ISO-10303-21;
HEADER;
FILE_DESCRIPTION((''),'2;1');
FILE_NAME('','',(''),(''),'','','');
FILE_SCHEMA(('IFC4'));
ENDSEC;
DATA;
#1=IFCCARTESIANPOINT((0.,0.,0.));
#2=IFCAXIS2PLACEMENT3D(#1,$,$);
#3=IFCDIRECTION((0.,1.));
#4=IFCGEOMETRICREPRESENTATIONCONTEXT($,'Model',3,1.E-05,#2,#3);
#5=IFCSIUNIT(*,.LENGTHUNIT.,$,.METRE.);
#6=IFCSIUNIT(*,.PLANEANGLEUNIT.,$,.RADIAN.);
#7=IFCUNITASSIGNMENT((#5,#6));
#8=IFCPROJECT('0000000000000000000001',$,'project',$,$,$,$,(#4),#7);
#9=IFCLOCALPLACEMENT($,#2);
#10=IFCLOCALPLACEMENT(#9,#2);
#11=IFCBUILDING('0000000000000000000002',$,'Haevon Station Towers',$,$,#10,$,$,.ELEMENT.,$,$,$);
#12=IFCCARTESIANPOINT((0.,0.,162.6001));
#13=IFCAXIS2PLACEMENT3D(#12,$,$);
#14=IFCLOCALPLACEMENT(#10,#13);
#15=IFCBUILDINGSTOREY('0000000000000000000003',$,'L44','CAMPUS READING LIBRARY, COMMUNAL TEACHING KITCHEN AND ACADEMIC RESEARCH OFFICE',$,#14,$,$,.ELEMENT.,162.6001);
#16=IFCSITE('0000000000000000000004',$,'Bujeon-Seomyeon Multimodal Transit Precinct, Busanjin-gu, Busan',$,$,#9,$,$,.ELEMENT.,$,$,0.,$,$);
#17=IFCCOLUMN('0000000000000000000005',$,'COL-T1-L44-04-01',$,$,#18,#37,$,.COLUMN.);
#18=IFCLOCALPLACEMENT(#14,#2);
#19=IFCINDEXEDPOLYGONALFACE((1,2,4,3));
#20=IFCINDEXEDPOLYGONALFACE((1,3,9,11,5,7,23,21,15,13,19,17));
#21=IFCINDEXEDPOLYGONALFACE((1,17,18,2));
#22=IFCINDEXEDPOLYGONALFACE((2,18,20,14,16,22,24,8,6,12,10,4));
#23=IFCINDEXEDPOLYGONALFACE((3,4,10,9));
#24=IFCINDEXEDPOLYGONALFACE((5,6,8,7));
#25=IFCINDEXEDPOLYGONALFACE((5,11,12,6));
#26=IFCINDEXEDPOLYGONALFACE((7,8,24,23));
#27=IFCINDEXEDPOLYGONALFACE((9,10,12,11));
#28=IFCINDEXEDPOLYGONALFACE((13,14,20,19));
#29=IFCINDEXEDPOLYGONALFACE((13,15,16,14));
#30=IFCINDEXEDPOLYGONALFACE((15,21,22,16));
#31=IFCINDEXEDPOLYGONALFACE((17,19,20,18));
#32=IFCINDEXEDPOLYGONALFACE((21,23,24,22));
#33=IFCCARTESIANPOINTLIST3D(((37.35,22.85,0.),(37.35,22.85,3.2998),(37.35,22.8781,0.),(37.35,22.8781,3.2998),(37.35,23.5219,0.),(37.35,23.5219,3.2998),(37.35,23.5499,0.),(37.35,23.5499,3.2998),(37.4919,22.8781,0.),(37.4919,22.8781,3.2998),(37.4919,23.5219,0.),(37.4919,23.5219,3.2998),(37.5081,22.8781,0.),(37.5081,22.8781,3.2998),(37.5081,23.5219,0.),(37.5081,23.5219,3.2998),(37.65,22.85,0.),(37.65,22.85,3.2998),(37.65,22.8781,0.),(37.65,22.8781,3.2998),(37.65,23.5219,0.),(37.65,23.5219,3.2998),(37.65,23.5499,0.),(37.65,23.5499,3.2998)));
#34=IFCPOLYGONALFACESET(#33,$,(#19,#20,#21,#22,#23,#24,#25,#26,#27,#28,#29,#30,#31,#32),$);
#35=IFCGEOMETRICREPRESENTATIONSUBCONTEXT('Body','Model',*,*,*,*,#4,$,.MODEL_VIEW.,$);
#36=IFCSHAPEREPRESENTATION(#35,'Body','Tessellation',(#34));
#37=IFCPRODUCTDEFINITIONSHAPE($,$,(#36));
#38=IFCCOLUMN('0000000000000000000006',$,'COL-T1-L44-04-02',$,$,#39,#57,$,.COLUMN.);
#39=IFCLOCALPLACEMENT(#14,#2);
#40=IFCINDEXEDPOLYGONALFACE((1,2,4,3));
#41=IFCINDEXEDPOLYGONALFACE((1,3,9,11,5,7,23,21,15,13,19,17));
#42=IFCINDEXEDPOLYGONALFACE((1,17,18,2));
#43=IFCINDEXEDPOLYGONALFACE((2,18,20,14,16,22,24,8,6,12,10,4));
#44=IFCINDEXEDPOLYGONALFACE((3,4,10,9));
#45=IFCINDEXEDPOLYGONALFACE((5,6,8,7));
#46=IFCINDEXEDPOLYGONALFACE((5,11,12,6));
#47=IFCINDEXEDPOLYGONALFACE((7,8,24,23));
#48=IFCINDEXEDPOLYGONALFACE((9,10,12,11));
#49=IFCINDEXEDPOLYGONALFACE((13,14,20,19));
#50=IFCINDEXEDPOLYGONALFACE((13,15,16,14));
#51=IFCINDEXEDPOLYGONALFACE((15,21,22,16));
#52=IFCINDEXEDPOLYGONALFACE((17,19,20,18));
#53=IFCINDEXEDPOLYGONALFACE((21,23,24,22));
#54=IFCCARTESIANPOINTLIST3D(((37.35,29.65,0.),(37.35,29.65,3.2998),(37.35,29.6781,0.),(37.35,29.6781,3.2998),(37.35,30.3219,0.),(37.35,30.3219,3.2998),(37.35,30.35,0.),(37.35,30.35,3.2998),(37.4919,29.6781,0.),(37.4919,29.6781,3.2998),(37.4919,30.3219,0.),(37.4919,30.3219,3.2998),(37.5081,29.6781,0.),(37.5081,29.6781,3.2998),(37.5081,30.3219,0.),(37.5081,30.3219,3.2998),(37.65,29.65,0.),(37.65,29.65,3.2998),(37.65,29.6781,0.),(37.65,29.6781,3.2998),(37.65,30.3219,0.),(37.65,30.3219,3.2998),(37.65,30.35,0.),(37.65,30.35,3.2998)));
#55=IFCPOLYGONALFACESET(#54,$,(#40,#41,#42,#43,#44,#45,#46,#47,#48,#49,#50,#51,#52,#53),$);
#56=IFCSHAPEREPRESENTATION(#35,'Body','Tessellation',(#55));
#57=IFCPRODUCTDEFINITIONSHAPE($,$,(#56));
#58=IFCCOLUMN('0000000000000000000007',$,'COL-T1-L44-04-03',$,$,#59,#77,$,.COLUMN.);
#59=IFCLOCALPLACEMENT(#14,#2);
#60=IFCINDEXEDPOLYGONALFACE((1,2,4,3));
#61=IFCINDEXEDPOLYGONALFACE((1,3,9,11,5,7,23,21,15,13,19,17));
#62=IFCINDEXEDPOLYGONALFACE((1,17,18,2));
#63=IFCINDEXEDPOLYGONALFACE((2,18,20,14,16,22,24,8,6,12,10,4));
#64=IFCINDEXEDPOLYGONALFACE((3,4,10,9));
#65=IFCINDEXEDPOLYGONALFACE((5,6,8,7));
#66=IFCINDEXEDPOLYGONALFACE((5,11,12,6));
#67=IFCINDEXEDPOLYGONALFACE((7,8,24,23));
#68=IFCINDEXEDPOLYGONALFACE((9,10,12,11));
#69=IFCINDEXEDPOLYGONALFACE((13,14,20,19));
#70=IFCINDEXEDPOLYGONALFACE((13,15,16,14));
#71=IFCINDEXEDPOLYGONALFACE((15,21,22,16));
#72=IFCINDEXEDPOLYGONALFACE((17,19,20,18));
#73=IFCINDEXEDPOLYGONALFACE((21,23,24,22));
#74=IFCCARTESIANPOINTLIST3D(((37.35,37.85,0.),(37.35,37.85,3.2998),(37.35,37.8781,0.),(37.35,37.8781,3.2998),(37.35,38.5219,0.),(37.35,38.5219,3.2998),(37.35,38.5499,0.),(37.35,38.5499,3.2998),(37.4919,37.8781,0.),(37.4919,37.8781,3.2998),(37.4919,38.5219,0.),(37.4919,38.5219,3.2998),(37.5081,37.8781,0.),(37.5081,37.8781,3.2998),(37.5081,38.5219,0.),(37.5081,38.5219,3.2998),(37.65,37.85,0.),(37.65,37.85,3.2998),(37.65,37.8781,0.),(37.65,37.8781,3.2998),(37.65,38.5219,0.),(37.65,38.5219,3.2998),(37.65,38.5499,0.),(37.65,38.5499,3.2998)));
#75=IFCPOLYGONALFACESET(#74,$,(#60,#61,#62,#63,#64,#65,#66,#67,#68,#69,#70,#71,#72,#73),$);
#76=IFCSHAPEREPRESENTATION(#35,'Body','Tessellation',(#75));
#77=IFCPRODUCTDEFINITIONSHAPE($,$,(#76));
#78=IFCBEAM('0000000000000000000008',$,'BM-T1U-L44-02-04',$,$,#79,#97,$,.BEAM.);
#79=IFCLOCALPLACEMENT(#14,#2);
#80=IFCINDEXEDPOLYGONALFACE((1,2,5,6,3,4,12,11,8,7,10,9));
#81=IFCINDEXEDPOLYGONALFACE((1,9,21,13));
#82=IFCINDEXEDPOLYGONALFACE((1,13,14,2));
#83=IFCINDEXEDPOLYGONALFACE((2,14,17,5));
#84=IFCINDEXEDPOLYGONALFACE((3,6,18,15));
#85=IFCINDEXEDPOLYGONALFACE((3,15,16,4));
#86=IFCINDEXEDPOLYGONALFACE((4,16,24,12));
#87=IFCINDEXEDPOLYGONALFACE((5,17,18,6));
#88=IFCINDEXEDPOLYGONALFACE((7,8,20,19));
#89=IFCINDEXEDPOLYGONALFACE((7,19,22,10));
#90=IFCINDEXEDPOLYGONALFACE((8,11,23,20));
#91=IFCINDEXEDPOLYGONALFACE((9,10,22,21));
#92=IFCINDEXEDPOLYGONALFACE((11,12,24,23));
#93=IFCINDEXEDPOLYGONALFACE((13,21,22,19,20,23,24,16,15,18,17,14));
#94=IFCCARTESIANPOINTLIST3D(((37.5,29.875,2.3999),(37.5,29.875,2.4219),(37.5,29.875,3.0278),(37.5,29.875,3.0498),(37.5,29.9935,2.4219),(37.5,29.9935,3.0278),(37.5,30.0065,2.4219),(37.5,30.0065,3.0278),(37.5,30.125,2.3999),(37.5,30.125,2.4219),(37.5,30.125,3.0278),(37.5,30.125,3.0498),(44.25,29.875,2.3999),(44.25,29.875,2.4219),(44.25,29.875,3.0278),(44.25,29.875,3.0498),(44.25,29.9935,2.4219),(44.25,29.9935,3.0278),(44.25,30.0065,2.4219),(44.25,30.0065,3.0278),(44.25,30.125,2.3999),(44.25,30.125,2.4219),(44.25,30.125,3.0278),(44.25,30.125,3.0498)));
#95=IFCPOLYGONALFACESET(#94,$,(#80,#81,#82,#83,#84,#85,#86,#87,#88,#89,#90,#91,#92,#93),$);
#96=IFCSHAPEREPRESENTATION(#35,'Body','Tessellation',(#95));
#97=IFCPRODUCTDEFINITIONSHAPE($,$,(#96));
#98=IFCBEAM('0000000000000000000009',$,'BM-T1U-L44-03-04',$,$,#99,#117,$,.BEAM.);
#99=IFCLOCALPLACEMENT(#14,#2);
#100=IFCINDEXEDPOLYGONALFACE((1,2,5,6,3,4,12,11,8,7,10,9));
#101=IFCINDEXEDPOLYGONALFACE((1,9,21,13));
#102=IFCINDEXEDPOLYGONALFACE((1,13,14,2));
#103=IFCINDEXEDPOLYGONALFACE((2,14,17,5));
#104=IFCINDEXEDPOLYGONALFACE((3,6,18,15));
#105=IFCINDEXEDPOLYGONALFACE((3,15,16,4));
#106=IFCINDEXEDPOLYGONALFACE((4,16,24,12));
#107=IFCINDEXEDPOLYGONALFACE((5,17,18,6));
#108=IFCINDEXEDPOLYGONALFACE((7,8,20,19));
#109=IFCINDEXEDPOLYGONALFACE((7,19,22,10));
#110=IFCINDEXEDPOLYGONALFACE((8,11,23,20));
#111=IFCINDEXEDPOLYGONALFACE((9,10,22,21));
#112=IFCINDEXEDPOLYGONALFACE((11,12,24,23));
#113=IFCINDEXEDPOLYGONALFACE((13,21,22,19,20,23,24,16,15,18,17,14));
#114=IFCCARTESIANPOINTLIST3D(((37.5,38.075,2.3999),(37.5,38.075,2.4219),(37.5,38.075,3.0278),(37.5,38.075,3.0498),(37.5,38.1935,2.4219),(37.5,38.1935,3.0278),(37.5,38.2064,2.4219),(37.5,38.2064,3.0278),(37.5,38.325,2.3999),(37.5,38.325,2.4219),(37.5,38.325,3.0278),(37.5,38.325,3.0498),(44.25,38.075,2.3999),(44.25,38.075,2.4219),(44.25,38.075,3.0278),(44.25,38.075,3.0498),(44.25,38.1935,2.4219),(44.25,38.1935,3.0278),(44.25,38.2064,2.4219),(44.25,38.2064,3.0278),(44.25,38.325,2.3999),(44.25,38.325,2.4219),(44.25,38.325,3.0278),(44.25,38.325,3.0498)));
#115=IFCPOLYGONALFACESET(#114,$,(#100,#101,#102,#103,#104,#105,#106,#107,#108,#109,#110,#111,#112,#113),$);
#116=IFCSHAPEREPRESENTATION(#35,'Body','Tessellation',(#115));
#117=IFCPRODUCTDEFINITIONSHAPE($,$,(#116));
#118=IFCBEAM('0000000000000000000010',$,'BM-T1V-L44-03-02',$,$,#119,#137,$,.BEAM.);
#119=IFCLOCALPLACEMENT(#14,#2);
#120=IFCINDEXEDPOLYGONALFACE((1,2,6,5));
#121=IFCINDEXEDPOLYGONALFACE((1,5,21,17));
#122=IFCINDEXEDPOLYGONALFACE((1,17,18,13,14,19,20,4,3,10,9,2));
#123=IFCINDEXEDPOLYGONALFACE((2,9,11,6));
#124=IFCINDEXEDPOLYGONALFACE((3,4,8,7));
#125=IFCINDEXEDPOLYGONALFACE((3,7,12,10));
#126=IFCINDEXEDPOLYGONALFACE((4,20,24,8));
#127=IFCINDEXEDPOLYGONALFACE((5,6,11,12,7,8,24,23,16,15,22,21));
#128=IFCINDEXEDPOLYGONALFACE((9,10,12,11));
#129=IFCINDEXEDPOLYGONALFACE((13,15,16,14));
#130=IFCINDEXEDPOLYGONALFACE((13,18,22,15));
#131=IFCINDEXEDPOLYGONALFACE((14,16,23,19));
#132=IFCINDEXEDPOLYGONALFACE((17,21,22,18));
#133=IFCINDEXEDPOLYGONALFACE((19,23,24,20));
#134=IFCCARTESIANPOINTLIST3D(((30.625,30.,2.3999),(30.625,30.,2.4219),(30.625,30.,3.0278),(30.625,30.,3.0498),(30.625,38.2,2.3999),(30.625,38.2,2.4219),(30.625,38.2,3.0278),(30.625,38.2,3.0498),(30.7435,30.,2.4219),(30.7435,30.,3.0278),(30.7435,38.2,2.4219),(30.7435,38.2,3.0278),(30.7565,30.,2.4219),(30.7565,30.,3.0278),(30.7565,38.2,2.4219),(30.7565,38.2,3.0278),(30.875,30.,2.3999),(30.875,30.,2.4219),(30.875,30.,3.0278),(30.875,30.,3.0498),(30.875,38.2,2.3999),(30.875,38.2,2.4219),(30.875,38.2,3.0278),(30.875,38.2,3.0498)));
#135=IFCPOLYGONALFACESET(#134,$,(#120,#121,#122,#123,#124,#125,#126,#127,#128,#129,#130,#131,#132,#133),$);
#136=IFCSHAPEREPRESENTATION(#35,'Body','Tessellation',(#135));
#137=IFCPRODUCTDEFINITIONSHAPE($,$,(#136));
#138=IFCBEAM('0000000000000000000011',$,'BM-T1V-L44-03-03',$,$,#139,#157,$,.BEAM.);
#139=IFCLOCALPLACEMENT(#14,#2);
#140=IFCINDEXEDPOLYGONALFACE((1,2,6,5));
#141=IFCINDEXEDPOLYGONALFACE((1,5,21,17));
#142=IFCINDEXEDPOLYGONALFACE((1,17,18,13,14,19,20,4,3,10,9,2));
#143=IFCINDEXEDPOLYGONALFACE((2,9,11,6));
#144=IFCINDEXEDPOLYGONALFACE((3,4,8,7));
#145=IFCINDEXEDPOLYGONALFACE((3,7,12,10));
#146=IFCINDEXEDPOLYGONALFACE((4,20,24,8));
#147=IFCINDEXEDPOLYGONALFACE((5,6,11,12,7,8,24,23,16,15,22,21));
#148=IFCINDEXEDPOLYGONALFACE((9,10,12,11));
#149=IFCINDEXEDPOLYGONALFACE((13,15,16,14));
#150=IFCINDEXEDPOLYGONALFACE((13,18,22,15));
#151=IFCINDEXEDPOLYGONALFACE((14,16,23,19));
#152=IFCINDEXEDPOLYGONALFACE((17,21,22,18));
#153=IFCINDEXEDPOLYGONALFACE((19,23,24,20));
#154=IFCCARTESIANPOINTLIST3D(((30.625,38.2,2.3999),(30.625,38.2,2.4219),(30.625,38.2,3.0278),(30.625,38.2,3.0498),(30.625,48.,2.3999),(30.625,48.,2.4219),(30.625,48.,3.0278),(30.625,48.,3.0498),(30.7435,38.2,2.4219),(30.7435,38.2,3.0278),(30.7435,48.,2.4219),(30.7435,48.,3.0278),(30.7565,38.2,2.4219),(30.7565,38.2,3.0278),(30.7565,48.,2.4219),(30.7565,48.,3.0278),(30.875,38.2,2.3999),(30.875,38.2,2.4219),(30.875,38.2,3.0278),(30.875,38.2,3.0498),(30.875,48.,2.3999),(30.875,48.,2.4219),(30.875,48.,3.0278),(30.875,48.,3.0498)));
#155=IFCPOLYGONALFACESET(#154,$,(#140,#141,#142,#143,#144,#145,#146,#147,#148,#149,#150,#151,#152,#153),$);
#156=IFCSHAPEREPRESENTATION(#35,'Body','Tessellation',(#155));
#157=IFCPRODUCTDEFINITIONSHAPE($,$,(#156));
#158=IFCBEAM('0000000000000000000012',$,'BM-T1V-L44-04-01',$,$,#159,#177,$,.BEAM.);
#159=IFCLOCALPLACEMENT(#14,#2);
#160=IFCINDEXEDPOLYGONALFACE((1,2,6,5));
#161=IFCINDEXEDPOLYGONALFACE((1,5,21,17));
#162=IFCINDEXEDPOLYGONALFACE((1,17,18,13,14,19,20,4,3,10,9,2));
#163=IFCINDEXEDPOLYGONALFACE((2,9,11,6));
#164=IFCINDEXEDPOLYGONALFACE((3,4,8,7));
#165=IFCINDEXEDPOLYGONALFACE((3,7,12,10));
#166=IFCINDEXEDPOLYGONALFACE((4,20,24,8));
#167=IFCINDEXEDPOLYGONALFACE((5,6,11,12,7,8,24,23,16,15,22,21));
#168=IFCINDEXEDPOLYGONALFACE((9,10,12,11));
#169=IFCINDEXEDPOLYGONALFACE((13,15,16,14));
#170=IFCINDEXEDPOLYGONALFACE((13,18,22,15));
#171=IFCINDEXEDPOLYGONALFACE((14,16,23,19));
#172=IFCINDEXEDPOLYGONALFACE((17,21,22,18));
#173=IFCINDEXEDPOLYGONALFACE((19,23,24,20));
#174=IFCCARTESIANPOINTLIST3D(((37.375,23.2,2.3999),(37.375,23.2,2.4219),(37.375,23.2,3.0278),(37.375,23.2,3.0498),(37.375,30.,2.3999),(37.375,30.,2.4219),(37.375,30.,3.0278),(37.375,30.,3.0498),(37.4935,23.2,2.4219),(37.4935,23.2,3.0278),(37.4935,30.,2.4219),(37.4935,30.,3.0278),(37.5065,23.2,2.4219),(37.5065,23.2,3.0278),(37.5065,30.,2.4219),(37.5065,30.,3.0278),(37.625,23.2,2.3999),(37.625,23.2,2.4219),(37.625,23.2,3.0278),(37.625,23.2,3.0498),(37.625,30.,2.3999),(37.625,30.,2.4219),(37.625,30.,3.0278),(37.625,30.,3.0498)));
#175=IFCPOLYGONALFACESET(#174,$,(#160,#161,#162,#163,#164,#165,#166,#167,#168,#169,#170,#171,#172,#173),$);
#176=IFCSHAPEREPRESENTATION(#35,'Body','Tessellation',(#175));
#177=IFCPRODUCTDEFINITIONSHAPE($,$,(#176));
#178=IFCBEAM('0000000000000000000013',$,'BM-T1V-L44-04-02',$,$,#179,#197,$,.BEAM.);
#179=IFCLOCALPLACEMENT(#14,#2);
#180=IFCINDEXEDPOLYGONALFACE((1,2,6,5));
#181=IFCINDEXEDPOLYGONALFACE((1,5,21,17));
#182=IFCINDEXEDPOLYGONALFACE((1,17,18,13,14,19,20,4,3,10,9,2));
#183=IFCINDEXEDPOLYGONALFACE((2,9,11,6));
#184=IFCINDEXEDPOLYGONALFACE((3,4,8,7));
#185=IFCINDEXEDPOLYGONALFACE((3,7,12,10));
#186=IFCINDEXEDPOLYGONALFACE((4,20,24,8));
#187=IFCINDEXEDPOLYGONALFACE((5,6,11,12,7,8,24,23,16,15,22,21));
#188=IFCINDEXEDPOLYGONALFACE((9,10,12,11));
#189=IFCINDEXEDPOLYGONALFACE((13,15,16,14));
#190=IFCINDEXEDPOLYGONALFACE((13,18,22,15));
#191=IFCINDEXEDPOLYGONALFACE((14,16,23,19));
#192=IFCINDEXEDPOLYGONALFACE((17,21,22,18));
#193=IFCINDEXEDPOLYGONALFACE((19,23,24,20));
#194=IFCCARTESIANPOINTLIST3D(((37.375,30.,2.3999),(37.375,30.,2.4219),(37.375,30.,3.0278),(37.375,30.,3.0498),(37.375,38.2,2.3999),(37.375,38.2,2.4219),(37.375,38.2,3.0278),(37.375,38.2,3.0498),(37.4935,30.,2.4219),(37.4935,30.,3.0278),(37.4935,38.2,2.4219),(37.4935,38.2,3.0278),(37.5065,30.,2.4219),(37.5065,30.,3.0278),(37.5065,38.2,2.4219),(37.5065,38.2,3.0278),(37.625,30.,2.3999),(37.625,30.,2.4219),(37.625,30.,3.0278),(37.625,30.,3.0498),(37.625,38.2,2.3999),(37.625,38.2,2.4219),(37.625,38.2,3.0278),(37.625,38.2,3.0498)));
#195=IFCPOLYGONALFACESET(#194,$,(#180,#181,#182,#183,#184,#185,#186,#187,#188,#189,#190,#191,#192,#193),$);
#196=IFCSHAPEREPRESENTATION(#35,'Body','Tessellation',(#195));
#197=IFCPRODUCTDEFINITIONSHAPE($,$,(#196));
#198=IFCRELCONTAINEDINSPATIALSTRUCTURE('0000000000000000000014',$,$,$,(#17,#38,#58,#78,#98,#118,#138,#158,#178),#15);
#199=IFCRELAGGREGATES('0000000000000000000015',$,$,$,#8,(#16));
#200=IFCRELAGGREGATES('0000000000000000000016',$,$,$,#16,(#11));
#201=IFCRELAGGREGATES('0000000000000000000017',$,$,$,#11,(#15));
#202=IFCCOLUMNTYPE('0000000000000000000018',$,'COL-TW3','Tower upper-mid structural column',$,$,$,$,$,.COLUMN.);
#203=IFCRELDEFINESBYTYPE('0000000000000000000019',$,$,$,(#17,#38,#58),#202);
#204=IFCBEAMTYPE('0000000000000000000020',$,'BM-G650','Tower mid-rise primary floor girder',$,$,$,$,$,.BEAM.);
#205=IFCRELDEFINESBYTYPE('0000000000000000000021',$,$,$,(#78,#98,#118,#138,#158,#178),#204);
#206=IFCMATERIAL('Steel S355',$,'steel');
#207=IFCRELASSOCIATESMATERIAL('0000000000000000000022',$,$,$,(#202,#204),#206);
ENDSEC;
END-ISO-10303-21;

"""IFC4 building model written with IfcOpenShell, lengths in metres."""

from ifc_helpers import new_model, si_unit, direction, frame, origin, origin_2d, place, context, subcontext, project, spatial, i_section, extrude, material, material_profile, profile_set, type_object, element, save


model = new_model("IFC4")

# Units and contexts
model_context = context("Model", 3, precision=1e-05, world=origin(), true_north=direction((0.0, 1.0)))
body_context = subcontext(model_context, "Body", "Model", "MODEL_VIEW")
ifc_project = project(units=[si_unit("LENGTHUNIT", "METRE"), si_unit("PLANEANGLEUNIT", "RADIAN")], contexts=[model_context])

# Site, building, storey
site_placement = place(None, origin())
site = spatial("IfcSite", under=ifc_project, at=site_placement, Name="Bujeon-Seomyeon Multimodal Transit Precinct, Busanjin-gu, Busan", CompositionType="ELEMENT", RefElevation=0.0)
building_placement = place(site_placement, origin())
building = spatial("IfcBuilding", under=site, at=building_placement, Name="Haevon Station Towers", CompositionType="ELEMENT")
storey_placement = place(building_placement, frame((0.0, 0.0, 162.6001)))
storey = spatial("IfcBuildingStorey", under=building, at=storey_placement, Name="L44", Description="CAMPUS READING LIBRARY, COMMUNAL TEACHING KITCHEN AND ACADEMIC RESEARCH OFFICE", CompositionType="ELEMENT", Elevation=162.6001)

# Columns
ifc_material_1 = material(Name="Steel S355", Category="steel")
ifc_material_profile_1 = material_profile(ifc_material_1, i_section(OverallWidth=0.3, OverallDepth=0.7, WebThickness=0.0161, FlangeThickness=0.0281, at=origin_2d()), Name="H-700x300x16x28")
ifc_profile_set_1 = profile_set([ifc_material_profile_1], Name="Steel S355")
column_type = type_object("IfcColumnType", Name="COL-TW3", Description="Tower upper-mid structural column", PredefinedType="COLUMN", material=ifc_profile_set_1)
for number, where, z_axis, x_axis, name in (
    (1, (37.5, 23.2, 0.0), (0.0, 0.0, 1.0), (1.0, 0.0, 0.0), "COL-T1-L44-04-01"),
    (2, (37.5, 30.0, 0.0), (0.0, 0.0, 1.0), (1.0, 0.0, 0.0), "COL-T1-L44-04-02"),
    (3, (37.5, 38.2, 0.0), (0.0, 0.0, 1.0), (1.0, 0.0, 0.0), "COL-T1-L44-04-03"),
):
    element("IfcColumn", number, at=place(storey_placement, frame(where, z_axis=z_axis, x_axis=x_axis)), inside=storey, type_object=column_type, Name=name, PredefinedType="COLUMN", context=body_context, shape_type="SweptSolid", body=[
        extrude(i_section(OverallWidth=0.3, OverallDepth=0.7, WebThickness=0.0161, FlangeThickness=0.0281, at=origin_2d()), origin(), (0.0, 0.0, 1.0), 3.2998),
    ])

# Beams
ifc_material_profile_2 = material_profile(ifc_material_1, i_section(OverallWidth=0.25, OverallDepth=0.6499, WebThickness=0.0129, FlangeThickness=0.022, at=origin_2d()), Name="H-650x250x13x22")
ifc_profile_set_2 = profile_set([ifc_material_profile_2], Name="Steel S355")
beam_type_1 = type_object("IfcBeamType", Name="BM-G650", Description="Tower mid-rise primary floor girder", PredefinedType="BEAM", material=ifc_profile_set_2)
for number, where, z_axis, x_axis, name in (
    (4, (37.5, 30.0, 2.7249), (1.0, 0.0, 0.0), (0.0, 1.0, 0.0), "BM-T1U-L44-02-04"),
    (5, (37.5, 38.2, 2.7249), (1.0, 0.0, 0.0), (0.0, 1.0, 0.0), "BM-T1U-L44-03-04"),
):
    element("IfcBeam", number, at=place(storey_placement, frame(where, z_axis=z_axis, x_axis=x_axis)), inside=storey, type_object=beam_type_1, Name=name, PredefinedType="BEAM", context=body_context, shape_type="SweptSolid", body=[
        extrude(i_section(OverallWidth=0.25, OverallDepth=0.6499, WebThickness=0.0129, FlangeThickness=0.022, at=origin_2d()), origin(), (0.0, 0.0, 1.0), 6.75),
    ])
beam_1_placement = place(storey_placement, frame((30.75, 30.0, 2.7249), z_axis=(0.0, 1.0, 0.0), x_axis=(-1.0, 0.0, 0.0)))
element("IfcBeam", 6, at=beam_1_placement, inside=storey, type_object=beam_type_1, Name="BM-T1V-L44-03-02", PredefinedType="BEAM", context=body_context, shape_type="SweptSolid", body=[
    extrude(i_section(OverallWidth=0.25, OverallDepth=0.6499, WebThickness=0.0129, FlangeThickness=0.022, at=origin_2d()), origin(), (0.0, 0.0, 1.0), 8.2),
])
beam_2_placement = place(storey_placement, frame((30.75, 38.2, 2.7249), z_axis=(0.0, 1.0, 0.0), x_axis=(-1.0, 0.0, 0.0)))
element("IfcBeam", 7, at=beam_2_placement, inside=storey, type_object=beam_type_1, Name="BM-T1V-L44-03-03", PredefinedType="BEAM", context=body_context, shape_type="SweptSolid", body=[
    extrude(i_section(OverallWidth=0.25, OverallDepth=0.6499, WebThickness=0.0129, FlangeThickness=0.022, at=origin_2d()), origin(), (0.0, 0.0, 1.0), 9.8),
])
beam_3_placement = place(storey_placement, frame((37.5, 23.2, 2.7249), z_axis=(0.0, 1.0, 0.0), x_axis=(-1.0, 0.0, 0.0)))
element("IfcBeam", 8, at=beam_3_placement, inside=storey, type_object=beam_type_1, Name="BM-T1V-L44-04-01", PredefinedType="BEAM", context=body_context, shape_type="SweptSolid", body=[
    extrude(i_section(OverallWidth=0.25, OverallDepth=0.6499, WebThickness=0.0129, FlangeThickness=0.022, at=origin_2d()), origin(), (0.0, 0.0, 1.0), 6.8),
])
beam_4_placement = place(storey_placement, frame((37.5, 30.0, 2.7249), z_axis=(0.0, 1.0, 0.0), x_axis=(-1.0, 0.0, 0.0)))
element("IfcBeam", 9, at=beam_4_placement, inside=storey, type_object=beam_type_1, Name="BM-T1V-L44-04-02", PredefinedType="BEAM", context=body_context, shape_type="SweptSolid", body=[
    extrude(i_section(OverallWidth=0.25, OverallDepth=0.6499, WebThickness=0.0129, FlangeThickness=0.022, at=origin_2d()), origin(), (0.0, 0.0, 1.0), 8.2),
])

save(model, "model.ifc")
